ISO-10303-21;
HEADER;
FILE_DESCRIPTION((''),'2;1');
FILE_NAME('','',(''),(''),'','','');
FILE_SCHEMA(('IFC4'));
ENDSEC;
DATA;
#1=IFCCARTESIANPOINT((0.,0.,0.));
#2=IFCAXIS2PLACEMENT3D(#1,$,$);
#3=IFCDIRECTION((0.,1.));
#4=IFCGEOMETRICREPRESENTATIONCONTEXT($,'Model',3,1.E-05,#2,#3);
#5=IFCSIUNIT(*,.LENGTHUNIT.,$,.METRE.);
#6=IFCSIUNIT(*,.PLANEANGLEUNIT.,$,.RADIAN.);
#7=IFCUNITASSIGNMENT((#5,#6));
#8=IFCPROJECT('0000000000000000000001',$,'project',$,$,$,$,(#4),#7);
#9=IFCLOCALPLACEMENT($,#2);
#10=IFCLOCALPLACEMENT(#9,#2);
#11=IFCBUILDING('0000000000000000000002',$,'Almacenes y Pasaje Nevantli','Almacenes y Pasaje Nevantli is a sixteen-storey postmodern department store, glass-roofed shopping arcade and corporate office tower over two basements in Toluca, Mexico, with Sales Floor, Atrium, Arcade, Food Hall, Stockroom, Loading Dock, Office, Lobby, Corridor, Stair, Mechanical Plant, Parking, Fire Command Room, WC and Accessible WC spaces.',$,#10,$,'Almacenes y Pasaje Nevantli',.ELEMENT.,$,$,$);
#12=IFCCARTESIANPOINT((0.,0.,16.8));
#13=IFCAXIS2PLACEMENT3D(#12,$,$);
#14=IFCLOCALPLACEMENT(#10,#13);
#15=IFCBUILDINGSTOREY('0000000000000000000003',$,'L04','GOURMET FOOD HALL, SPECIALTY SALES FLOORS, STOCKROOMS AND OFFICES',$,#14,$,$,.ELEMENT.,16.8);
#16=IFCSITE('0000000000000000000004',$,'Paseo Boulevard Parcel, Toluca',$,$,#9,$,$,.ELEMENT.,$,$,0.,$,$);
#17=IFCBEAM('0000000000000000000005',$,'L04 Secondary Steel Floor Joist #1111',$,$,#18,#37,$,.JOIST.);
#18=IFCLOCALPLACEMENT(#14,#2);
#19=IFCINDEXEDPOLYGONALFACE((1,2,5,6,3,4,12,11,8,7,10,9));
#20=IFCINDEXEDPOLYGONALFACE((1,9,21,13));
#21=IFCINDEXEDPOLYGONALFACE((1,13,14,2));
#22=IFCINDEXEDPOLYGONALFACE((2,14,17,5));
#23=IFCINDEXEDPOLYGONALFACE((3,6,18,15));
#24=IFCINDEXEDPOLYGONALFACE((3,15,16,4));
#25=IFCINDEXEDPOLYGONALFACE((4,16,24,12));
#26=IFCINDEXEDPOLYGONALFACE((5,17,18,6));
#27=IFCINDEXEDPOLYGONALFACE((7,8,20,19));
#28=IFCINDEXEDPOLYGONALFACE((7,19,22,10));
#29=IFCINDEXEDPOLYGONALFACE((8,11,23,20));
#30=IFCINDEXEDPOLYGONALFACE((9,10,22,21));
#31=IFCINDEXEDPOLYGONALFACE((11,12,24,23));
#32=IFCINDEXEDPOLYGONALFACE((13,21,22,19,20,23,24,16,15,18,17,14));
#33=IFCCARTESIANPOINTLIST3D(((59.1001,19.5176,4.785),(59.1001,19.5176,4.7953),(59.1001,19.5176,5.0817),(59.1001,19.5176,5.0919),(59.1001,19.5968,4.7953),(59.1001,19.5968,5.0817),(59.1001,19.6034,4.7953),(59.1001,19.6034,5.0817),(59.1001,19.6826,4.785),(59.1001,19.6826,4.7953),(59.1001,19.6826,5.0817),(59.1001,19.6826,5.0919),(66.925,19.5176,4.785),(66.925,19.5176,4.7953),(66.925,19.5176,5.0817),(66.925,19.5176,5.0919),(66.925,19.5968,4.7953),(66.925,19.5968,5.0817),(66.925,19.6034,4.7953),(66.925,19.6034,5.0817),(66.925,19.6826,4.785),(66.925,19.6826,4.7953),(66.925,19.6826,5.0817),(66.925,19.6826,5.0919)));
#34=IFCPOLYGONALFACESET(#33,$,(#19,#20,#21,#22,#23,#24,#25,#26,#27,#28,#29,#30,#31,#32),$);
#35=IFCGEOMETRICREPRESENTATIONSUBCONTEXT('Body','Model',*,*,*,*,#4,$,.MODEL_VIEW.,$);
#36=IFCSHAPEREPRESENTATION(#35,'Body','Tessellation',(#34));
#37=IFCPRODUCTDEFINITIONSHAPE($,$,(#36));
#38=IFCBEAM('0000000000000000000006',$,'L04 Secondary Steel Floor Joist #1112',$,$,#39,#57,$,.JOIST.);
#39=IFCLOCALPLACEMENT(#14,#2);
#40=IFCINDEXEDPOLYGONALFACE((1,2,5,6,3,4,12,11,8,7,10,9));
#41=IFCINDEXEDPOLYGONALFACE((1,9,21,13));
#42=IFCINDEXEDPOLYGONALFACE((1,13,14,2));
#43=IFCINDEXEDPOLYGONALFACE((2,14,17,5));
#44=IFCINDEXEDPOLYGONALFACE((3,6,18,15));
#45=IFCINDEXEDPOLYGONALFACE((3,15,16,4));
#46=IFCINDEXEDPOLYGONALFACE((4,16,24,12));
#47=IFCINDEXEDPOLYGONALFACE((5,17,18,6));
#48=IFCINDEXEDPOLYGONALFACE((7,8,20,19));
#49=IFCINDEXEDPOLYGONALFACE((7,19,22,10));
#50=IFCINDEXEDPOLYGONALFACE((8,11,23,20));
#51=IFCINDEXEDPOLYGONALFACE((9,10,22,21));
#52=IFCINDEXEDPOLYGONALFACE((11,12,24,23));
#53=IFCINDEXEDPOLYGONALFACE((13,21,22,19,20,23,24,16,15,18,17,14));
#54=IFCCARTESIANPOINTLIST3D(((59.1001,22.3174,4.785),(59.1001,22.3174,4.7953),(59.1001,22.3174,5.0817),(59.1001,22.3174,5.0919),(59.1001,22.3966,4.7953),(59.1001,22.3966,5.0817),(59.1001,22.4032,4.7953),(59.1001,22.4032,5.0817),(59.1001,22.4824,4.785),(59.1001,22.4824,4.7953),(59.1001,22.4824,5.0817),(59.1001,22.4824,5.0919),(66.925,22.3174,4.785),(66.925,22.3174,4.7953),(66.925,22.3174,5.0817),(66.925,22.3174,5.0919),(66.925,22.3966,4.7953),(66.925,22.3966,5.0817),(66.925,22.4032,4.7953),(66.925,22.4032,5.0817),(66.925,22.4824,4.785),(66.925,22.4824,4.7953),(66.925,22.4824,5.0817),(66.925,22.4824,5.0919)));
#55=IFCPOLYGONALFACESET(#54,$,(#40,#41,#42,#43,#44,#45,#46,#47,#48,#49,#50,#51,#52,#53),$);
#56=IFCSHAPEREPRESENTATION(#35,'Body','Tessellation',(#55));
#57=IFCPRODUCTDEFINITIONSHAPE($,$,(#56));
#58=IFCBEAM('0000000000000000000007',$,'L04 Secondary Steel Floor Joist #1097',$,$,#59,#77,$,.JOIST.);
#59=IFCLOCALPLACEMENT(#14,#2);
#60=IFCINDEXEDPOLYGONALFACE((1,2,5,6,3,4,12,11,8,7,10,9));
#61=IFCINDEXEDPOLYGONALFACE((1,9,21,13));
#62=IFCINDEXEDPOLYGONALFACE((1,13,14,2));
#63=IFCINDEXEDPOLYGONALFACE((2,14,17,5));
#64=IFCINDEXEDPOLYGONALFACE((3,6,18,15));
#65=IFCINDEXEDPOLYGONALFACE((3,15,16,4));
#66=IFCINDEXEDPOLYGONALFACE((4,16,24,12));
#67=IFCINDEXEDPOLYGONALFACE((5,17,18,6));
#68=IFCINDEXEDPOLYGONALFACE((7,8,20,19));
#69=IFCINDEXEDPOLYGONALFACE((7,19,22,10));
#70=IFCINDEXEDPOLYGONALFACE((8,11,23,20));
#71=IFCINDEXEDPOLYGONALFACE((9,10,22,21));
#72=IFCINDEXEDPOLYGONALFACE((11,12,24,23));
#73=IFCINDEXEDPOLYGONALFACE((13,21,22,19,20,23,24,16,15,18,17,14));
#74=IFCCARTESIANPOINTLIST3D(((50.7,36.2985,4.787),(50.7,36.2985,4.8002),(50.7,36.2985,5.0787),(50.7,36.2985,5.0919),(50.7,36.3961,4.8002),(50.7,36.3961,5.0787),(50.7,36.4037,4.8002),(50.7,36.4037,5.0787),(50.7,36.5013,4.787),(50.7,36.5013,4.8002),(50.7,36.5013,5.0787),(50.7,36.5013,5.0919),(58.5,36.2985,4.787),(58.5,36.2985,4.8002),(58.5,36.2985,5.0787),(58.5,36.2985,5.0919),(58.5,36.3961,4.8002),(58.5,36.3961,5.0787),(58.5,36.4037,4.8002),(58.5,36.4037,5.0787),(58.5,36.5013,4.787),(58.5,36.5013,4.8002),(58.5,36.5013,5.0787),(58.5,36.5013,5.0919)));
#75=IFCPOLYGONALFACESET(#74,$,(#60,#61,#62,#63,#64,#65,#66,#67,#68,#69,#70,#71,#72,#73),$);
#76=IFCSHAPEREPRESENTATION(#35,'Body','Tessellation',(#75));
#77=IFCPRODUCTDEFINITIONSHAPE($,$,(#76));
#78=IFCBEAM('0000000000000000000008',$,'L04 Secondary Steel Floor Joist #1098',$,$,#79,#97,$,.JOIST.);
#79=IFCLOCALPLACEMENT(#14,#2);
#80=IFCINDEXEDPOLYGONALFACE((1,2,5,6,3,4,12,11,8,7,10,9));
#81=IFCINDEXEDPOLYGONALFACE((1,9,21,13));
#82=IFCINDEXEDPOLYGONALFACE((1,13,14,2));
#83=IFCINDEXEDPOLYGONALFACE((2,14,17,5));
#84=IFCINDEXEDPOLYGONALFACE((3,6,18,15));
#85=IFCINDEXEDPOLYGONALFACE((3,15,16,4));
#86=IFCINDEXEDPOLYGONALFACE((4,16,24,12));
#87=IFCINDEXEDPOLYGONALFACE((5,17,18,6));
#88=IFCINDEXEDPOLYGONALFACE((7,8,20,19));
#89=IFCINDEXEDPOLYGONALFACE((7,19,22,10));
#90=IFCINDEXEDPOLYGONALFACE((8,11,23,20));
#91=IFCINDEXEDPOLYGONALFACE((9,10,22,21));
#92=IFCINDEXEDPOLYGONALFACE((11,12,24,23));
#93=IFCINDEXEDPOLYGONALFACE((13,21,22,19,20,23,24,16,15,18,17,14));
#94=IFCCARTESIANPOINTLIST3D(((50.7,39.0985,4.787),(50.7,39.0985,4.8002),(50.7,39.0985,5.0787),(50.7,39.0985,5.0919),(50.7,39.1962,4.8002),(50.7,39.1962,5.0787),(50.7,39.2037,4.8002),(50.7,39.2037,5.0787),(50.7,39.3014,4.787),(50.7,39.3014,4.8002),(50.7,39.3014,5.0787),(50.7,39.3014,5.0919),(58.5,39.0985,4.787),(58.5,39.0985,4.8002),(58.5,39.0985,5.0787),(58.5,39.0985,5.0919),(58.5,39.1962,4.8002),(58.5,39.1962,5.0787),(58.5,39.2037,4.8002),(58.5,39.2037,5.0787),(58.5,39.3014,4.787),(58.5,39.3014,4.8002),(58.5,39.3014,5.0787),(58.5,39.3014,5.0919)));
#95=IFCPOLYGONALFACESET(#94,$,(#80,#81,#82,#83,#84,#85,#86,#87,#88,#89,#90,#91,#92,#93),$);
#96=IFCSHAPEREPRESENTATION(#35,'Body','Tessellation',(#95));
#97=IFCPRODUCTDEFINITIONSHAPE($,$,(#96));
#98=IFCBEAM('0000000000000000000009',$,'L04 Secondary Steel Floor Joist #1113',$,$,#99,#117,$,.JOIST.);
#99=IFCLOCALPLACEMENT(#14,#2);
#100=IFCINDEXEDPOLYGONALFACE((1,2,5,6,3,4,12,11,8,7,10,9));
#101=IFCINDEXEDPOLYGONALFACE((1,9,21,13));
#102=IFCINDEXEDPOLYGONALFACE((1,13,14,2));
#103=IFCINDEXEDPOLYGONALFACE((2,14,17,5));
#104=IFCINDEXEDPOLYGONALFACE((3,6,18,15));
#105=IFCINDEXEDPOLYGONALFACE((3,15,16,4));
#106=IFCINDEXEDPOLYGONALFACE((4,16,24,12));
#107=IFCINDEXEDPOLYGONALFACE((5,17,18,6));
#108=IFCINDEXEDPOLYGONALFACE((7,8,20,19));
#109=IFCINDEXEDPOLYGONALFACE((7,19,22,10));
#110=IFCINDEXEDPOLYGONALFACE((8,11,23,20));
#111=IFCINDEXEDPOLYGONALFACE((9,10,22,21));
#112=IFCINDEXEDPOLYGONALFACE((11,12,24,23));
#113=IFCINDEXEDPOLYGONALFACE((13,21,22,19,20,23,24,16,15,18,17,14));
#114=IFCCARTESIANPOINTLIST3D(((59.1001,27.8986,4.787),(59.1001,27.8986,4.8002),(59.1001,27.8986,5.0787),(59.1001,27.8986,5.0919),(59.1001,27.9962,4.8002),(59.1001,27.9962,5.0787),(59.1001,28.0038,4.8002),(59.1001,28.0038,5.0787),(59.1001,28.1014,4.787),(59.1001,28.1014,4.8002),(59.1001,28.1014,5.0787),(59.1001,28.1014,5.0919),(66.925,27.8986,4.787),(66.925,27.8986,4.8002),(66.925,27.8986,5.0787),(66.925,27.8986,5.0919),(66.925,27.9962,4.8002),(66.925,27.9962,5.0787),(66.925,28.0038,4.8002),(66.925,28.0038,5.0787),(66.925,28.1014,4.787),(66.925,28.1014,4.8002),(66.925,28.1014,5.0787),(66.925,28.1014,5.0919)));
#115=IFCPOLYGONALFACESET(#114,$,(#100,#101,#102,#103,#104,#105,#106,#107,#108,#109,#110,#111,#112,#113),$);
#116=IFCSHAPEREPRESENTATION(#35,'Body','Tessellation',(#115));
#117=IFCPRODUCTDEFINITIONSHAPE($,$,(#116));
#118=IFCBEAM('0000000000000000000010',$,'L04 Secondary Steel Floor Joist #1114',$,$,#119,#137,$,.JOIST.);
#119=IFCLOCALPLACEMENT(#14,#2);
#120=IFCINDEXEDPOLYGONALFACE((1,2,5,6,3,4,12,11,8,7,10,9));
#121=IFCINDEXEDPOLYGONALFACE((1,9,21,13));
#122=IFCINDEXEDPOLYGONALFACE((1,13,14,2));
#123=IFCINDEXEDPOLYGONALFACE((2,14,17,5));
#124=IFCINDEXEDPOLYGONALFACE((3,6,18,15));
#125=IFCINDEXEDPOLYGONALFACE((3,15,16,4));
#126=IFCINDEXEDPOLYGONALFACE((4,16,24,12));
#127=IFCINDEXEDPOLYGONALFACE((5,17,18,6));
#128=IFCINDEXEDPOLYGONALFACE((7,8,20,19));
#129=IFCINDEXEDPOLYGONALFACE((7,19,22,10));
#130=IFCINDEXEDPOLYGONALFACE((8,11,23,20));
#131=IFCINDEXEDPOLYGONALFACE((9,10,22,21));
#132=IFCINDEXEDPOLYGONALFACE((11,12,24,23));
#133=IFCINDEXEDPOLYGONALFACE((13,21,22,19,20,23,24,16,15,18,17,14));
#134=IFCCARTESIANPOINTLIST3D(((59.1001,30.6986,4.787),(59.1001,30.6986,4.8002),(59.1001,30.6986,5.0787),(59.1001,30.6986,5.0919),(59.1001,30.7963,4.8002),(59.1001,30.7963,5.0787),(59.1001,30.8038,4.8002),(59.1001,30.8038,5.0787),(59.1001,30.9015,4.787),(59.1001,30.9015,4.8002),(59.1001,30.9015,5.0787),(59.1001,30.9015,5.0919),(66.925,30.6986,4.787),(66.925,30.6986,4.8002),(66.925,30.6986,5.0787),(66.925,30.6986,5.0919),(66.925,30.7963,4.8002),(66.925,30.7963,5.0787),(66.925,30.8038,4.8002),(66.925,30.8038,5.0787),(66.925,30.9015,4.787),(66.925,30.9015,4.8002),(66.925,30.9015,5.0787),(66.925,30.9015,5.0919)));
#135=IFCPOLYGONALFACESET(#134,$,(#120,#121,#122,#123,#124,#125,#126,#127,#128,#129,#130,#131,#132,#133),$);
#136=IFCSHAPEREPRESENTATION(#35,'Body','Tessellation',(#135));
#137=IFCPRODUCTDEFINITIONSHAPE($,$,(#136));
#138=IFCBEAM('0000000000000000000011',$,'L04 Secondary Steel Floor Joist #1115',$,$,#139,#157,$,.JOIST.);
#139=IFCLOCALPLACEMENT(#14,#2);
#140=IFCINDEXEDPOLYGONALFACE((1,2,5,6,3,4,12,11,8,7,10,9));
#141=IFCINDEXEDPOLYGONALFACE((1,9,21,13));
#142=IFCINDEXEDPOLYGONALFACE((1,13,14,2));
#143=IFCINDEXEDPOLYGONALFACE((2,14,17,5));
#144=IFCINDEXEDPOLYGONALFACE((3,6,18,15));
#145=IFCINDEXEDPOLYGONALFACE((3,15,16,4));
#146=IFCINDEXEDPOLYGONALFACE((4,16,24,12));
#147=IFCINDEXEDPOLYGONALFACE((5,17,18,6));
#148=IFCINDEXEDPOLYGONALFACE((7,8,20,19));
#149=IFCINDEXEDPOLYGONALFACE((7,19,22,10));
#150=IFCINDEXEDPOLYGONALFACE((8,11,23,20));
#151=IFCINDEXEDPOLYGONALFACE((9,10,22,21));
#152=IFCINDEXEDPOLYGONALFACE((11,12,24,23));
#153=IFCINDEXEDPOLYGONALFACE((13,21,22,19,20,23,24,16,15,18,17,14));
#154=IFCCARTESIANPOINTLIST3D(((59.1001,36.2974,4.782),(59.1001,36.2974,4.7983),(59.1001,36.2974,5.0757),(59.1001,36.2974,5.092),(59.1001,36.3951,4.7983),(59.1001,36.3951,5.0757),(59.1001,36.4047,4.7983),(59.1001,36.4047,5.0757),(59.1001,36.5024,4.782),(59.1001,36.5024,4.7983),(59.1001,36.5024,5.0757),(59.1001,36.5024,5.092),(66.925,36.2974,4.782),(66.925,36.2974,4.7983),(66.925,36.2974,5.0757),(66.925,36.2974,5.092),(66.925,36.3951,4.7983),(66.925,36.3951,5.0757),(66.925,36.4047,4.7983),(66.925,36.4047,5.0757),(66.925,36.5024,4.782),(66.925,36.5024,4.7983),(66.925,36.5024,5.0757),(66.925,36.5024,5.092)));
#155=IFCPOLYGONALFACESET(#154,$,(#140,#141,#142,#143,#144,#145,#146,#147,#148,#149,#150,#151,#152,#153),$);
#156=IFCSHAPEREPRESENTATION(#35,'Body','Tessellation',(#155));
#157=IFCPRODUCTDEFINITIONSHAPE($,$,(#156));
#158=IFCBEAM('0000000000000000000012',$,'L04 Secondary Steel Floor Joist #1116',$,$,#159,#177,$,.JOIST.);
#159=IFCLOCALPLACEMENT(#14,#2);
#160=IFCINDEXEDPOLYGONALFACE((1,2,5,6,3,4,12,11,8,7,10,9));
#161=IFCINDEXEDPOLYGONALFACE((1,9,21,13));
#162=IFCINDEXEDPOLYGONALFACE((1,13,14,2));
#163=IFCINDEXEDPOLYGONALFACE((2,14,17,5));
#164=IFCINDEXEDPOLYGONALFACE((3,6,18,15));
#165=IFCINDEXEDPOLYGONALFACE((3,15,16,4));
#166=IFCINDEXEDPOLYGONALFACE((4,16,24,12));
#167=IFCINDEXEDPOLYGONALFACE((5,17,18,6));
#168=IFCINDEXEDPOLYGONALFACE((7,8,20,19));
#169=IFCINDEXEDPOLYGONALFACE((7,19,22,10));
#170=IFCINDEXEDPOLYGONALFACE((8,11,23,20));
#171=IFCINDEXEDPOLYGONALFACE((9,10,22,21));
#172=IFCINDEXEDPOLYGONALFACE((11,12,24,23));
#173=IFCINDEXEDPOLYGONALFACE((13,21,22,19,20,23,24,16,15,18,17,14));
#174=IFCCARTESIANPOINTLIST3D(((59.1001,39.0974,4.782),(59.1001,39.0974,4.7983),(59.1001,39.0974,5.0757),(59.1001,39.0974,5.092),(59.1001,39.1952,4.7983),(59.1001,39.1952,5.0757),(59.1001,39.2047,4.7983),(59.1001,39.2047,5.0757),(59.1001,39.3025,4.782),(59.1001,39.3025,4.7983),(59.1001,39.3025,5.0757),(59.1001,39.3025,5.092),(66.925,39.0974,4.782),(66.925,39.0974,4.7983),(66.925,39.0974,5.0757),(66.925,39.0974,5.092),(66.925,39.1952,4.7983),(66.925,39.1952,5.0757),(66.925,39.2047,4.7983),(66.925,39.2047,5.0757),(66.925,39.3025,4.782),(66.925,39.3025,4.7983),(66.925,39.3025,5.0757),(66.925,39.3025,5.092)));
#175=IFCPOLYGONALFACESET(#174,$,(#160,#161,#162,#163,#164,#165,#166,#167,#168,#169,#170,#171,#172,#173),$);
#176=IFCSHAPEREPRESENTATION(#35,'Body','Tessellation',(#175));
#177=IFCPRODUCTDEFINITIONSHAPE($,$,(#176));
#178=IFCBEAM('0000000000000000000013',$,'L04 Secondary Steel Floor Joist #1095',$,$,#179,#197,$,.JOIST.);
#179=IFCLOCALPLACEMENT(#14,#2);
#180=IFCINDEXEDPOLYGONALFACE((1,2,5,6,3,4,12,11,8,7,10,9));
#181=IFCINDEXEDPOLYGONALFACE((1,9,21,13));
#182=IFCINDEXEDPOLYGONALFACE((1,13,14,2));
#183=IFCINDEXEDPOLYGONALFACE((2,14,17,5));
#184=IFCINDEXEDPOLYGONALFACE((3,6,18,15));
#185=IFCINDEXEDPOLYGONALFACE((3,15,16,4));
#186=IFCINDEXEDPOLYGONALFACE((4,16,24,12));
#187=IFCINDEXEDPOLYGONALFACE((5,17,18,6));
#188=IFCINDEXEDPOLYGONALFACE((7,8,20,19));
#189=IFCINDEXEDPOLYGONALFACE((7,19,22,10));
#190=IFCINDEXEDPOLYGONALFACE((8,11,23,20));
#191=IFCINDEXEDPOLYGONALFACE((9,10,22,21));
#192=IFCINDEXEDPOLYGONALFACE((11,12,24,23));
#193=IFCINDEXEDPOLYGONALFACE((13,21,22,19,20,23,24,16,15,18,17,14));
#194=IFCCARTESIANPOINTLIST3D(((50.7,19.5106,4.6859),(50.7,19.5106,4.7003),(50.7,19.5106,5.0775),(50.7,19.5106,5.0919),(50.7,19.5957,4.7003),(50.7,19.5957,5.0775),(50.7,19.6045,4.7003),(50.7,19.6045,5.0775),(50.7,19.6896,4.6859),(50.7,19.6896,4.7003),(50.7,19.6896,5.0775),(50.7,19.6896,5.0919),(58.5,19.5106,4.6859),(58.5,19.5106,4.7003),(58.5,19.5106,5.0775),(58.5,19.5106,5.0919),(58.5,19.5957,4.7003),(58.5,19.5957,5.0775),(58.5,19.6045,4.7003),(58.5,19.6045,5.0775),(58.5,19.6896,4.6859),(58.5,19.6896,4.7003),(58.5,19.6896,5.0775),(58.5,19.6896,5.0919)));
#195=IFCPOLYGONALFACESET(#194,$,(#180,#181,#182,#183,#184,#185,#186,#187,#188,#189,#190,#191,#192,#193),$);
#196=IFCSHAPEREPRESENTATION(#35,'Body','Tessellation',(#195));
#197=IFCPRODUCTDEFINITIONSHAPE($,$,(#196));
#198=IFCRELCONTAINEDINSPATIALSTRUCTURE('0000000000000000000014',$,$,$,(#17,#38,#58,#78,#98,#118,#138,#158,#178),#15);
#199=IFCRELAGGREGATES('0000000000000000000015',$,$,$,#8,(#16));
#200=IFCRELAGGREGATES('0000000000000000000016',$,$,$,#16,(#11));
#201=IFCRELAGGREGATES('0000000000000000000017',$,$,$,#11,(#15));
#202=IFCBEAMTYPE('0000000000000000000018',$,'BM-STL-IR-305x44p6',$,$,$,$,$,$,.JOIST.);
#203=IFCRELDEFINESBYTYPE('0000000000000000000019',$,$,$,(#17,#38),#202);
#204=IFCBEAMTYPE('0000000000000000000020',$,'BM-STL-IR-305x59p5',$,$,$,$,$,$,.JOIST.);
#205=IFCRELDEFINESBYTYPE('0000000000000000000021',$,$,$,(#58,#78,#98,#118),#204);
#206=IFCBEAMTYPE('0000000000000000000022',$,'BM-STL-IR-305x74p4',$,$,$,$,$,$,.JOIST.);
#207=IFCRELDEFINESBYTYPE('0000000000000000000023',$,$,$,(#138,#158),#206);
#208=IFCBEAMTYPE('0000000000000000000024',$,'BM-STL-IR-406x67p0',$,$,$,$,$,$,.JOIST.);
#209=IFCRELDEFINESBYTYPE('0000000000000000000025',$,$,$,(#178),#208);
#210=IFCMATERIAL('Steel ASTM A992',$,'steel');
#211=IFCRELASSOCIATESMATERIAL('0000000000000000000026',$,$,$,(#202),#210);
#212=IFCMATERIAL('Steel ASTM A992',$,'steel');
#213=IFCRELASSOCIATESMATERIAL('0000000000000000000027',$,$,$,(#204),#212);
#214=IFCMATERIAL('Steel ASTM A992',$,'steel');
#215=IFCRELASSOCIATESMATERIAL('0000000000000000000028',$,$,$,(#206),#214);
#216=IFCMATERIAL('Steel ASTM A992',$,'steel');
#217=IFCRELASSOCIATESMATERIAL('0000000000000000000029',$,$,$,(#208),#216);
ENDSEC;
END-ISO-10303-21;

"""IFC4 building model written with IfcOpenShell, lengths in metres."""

from ifc_helpers import new_model, si_unit, direction, frame, origin, origin_2d, place, context, subcontext, project, spatial, i_section, extrude, material, material_profile, profile_set, type_object, element, save


model = new_model("IFC4")

# Units and contexts
model_context = context("Model", 3, precision=1e-05, world=origin(), true_north=direction((0.0, 1.0)))
body_context = subcontext(model_context, "Body", "Model", "MODEL_VIEW")
ifc_project = project(units=[si_unit("LENGTHUNIT", "METRE"), si_unit("PLANEANGLEUNIT", "RADIAN")], contexts=[model_context])

# Site, building, storey
site_placement = place(None, origin())
site = spatial("IfcSite", under=ifc_project, at=site_placement, Name="Paseo Boulevard Parcel, Toluca", CompositionType="ELEMENT", RefElevation=0.0)
building_placement = place(site_placement, origin())
building = spatial("IfcBuilding", under=site, at=building_placement, Name="Almacenes y Pasaje Nevantli", Description="Almacenes y Pasaje Nevantli is a sixteen-storey postmodern department store, glass-roofed shopping arcade and corporate office tower over two basements in Toluca, Mexico, with Sales Floor, Atrium, Arcade, Food Hall, Stockroom, Loading Dock, Office, Lobby, Corridor, Stair, Mechanical Plant, Parking, Fire Command Room, WC and Accessible WC spaces.", LongName="Almacenes y Pasaje Nevantli", CompositionType="ELEMENT")
storey_placement = place(building_placement, frame((0.0, 0.0, 16.8)))
storey = spatial("IfcBuildingStorey", under=building, at=storey_placement, Name="L04", Description="GOURMET FOOD HALL, SPECIALTY SALES FLOORS, STOCKROOMS AND OFFICES", CompositionType="ELEMENT", Elevation=16.8)

# Beams
ifc_material_1 = material(Name="Steel ASTM A992", Category="steel")
ifc_material_profile_1 = material_profile(ifc_material_1, i_section(OverallWidth=0.165, OverallDepth=0.3069, WebThickness=0.0066, FlangeThickness=0.0103, at=origin_2d()), Name="IR 305x44.6")
ifc_profile_set_1 = profile_set([ifc_material_profile_1], Name="Steel ASTM A992")
beam_type_1 = type_object("IfcBeamType", Name="BM-STL-IR-305x44p6", PredefinedType="JOIST", material=ifc_profile_set_1)
for number, where, z_axis, x_axis, name in (
    (1, (59.1001, 19.6001, 4.9385), (1.0, 0.0, 0.0), (0.0, 1.0, 0.0), "L04 Secondary Steel Floor Joist #1111"),
    (2, (59.1001, 22.3999, 4.9385), (1.0, 0.0, 0.0), (0.0, 1.0, 0.0), "L04 Secondary Steel Floor Joist #1112"),
):
    element("IfcBeam", number, at=place(storey_placement, frame(where, z_axis=z_axis, x_axis=x_axis)), inside=storey, type_object=beam_type_1, Name=name, PredefinedType="JOIST", context=body_context, shape_type="SweptSolid", body=[
        extrude(i_section(OverallWidth=0.165, OverallDepth=0.3069, WebThickness=0.0066, FlangeThickness=0.0103, at=origin_2d()), origin(), (0.0, 0.0, 1.0), 7.825),
    ])
ifc_material_2 = material(Name="Steel ASTM A992", Category="steel")
ifc_material_profile_2 = material_profile(ifc_material_2, i_section(OverallWidth=0.2029, OverallDepth=0.3049, WebThickness=0.0076, FlangeThickness=0.0132, at=origin_2d()), Name="IR 305x59.5")
ifc_profile_set_2 = profile_set([ifc_material_profile_2], Name="Steel ASTM A992")
beam_type_2 = type_object("IfcBeamType", Name="BM-STL-IR-305x59p5", PredefinedType="JOIST", material=ifc_profile_set_2)
for number, where, z_axis, x_axis, name in (
    (3, (50.7, 36.3999, 4.9395), (1.0, 0.0, 0.0), (0.0, 1.0, 0.0), "L04 Secondary Steel Floor Joist #1097"),
    (4, (50.7, 39.2, 4.9395), (1.0, 0.0, 0.0), (0.0, 1.0, 0.0), "L04 Secondary Steel Floor Joist #1098"),
):
    element("IfcBeam", number, at=place(storey_placement, frame(where, z_axis=z_axis, x_axis=x_axis)), inside=storey, type_object=beam_type_2, Name=name, PredefinedType="JOIST", context=body_context, shape_type="SweptSolid", body=[
        extrude(i_section(OverallWidth=0.2029, OverallDepth=0.3049, WebThickness=0.0076, FlangeThickness=0.0132, at=origin_2d()), origin(), (0.0, 0.0, 1.0), 7.8),
    ])
for number, where, z_axis, x_axis, name in (
    (5, (59.1001, 28.0, 4.9395), (1.0, 0.0, 0.0), (0.0, 1.0, 0.0), "L04 Secondary Steel Floor Joist #1113"),
    (6, (59.1001, 30.8, 4.9395), (1.0, 0.0, 0.0), (0.0, 1.0, 0.0), "L04 Secondary Steel Floor Joist #1114"),
):
    element("IfcBeam", number, at=place(storey_placement, frame(where, z_axis=z_axis, x_axis=x_axis)), inside=storey, type_object=beam_type_2, Name=name, PredefinedType="JOIST", context=body_context, shape_type="SweptSolid", body=[
        extrude(i_section(OverallWidth=0.2029, OverallDepth=0.3049, WebThickness=0.0076, FlangeThickness=0.0132, at=origin_2d()), origin(), (0.0, 0.0, 1.0), 7.825),
    ])
ifc_material_3 = material(Name="Steel ASTM A992", Category="steel")
ifc_material_profile_3 = material_profile(ifc_material_3, i_section(OverallWidth=0.2051, OverallDepth=0.3101, WebThickness=0.0095, FlangeThickness=0.0164, at=origin_2d()), Name="IR 305x74.4")
ifc_profile_set_3 = profile_set([ifc_material_profile_3], Name="Steel ASTM A992")
beam_type_3 = type_object("IfcBeamType", Name="BM-STL-IR-305x74p4", PredefinedType="JOIST", material=ifc_profile_set_3)
for number, where, z_axis, x_axis, name in (
    (7, (59.1001, 36.3999, 4.937), (1.0, 0.0, 0.0), (0.0, 1.0, 0.0), "L04 Secondary Steel Floor Joist #1115"),
    (8, (59.1001, 39.2, 4.937), (1.0, 0.0, 0.0), (0.0, 1.0, 0.0), "L04 Secondary Steel Floor Joist #1116"),
):
    element("IfcBeam", number, at=place(storey_placement, frame(where, z_axis=z_axis, x_axis=x_axis)), inside=storey, type_object=beam_type_3, Name=name, PredefinedType="JOIST", context=body_context, shape_type="SweptSolid", body=[
        extrude(i_section(OverallWidth=0.2051, OverallDepth=0.3101, WebThickness=0.0095, FlangeThickness=0.0164, at=origin_2d()), origin(), (0.0, 0.0, 1.0), 7.825),
    ])
ifc_material_4 = material(Name="Steel ASTM A992", Category="steel")
ifc_material_profile_4 = material_profile(ifc_material_4, i_section(OverallWidth=0.179, OverallDepth=0.406, WebThickness=0.0088, FlangeThickness=0.0144, at=origin_2d()), Name="IR 406x67.0")
ifc_profile_set_4 = profile_set([ifc_material_profile_4], Name="Steel ASTM A992")
beam_type_4 = type_object("IfcBeamType", Name="BM-STL-IR-406x67p0", PredefinedType="JOIST", material=ifc_profile_set_4)
for number, where, z_axis, x_axis, name in (
    (9, (50.7, 19.6001, 4.8889), (1.0, 0.0, 0.0), (0.0, 1.0, 0.0), "L04 Secondary Steel Floor Joist #1095"),
):
    element("IfcBeam", number, at=place(storey_placement, frame(where, z_axis=z_axis, x_axis=x_axis)), inside=storey, type_object=beam_type_4, Name=name, PredefinedType="JOIST", context=body_context, shape_type="SweptSolid", body=[
        extrude(i_section(OverallWidth=0.179, OverallDepth=0.406, WebThickness=0.0088, FlangeThickness=0.0144, at=origin_2d()), origin(), (0.0, 0.0, 1.0), 7.8),
    ])

save(model, "model.ifc")
